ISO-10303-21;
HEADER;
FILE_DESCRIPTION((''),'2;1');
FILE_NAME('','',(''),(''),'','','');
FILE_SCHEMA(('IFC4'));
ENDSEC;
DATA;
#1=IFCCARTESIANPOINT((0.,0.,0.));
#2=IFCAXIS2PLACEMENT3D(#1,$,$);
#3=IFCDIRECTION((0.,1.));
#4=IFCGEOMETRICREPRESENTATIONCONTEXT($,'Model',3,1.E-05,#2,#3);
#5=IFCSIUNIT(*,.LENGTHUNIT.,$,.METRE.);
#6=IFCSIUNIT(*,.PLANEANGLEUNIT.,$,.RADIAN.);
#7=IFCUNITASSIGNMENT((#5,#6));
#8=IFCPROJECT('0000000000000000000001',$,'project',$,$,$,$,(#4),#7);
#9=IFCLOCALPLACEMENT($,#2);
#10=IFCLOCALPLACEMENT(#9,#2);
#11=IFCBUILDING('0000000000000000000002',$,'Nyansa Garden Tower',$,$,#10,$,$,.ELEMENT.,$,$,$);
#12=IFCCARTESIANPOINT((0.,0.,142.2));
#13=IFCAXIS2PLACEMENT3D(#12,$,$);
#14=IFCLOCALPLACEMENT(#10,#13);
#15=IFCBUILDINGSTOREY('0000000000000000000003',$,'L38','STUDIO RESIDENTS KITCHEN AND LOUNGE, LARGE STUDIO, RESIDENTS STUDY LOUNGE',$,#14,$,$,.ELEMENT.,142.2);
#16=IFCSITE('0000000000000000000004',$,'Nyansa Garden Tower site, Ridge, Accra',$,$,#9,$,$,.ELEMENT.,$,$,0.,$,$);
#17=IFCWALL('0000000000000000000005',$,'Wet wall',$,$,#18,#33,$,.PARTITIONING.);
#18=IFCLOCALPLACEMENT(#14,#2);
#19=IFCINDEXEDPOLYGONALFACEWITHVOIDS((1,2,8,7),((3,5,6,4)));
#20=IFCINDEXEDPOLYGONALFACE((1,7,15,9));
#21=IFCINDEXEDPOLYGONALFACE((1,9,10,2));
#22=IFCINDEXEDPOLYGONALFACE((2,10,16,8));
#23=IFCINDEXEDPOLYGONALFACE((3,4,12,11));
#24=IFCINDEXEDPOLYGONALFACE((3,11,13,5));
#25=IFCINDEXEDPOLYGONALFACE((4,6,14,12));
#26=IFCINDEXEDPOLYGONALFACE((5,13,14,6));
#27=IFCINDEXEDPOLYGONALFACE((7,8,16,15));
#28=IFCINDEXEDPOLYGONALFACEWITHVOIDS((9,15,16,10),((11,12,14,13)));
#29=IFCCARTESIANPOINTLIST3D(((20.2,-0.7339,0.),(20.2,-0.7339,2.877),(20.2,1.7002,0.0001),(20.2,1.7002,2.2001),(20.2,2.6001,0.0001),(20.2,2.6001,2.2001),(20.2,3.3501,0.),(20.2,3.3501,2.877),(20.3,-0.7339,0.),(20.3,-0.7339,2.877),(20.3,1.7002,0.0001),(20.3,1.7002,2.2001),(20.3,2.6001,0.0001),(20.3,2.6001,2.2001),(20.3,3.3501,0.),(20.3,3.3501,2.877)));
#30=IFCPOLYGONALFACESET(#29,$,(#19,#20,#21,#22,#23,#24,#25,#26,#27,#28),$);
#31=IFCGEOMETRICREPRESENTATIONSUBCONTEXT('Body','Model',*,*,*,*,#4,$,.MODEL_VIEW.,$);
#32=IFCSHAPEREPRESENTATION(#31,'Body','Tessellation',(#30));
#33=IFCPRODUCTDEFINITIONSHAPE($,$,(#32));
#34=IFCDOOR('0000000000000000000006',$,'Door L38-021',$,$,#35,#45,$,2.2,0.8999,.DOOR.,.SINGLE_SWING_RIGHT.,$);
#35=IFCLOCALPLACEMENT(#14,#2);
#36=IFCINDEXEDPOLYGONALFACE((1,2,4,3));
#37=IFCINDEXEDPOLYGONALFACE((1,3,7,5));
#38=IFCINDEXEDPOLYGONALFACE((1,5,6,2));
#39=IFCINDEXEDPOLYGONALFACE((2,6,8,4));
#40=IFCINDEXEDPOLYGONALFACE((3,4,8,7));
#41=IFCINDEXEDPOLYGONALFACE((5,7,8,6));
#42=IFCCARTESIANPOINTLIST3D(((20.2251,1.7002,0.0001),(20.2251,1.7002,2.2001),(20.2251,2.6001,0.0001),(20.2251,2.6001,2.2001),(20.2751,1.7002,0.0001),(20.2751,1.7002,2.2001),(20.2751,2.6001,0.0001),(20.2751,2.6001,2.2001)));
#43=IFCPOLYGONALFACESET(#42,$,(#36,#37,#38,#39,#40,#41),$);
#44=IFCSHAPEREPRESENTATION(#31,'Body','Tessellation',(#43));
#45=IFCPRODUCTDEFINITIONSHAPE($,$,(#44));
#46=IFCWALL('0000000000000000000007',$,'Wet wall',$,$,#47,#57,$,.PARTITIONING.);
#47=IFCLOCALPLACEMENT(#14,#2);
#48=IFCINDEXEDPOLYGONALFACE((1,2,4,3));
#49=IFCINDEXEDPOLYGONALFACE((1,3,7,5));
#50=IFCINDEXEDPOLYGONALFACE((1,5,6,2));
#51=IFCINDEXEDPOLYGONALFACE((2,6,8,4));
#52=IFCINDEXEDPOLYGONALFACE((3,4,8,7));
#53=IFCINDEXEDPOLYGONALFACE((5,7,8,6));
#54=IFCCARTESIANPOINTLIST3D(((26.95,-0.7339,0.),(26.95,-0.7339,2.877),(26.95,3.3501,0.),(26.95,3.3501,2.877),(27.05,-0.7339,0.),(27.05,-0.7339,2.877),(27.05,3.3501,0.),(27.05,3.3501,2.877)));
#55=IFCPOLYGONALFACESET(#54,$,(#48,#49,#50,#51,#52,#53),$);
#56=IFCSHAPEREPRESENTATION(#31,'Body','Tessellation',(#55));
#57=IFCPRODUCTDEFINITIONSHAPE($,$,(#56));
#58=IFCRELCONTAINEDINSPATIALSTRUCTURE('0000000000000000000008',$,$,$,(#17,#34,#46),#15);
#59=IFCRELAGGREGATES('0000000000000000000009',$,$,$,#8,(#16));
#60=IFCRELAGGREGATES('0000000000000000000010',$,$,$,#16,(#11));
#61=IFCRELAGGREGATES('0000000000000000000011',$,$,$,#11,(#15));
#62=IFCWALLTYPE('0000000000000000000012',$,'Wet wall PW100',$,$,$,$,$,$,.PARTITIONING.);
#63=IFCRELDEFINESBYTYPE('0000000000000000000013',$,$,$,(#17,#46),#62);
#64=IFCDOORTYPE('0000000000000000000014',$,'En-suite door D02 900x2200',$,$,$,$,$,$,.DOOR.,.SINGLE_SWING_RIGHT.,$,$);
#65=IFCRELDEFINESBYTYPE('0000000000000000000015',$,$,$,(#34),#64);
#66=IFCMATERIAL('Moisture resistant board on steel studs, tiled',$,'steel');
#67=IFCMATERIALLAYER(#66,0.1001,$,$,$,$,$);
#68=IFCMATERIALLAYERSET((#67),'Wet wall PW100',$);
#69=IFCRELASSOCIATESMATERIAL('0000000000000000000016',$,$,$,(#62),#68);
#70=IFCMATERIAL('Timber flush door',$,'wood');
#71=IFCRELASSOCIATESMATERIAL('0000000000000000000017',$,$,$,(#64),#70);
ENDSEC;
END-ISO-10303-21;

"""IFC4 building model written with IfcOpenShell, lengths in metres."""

from ifc_helpers import new_model, si_unit, direction, frame, frame_2d, origin, place, context, subcontext, project, spatial, rectangle, extrude, material, layer, layer_set, type_object, element, fill, save


model = new_model("IFC4")

# Units and contexts
model_context = context("Model", 3, precision=1e-05, world=origin(), true_north=direction((0.0, 1.0)))
body_context = subcontext(model_context, "Body", "Model", "MODEL_VIEW")
ifc_project = project(units=[si_unit("LENGTHUNIT", "METRE"), si_unit("PLANEANGLEUNIT", "RADIAN")], contexts=[model_context])

# Site, building, storey
site_placement = place(None, origin())
site = spatial("IfcSite", under=ifc_project, at=site_placement, Name="Nyansa Garden Tower site, Ridge, Accra", CompositionType="ELEMENT", RefElevation=0.0)
building_placement = place(site_placement, origin())
building = spatial("IfcBuilding", under=site, at=building_placement, Name="Nyansa Garden Tower", CompositionType="ELEMENT")
storey_placement = place(building_placement, frame((0.0, 0.0, 142.2)))
storey = spatial("IfcBuildingStorey", under=building, at=storey_placement, Name="L38", Description="STUDIO RESIDENTS KITCHEN AND LOUNGE, LARGE STUDIO, RESIDENTS STUDY LOUNGE", CompositionType="ELEMENT", Elevation=142.2)

# Shared definitions
ifc_material_1 = material(Name="Moisture resistant board on steel studs, tiled", Category="steel")
ifc_layer_1 = layer(ifc_material_1, 0.1001)
ifc_layer_set_1 = layer_set([ifc_layer_1], Name="Wet wall PW100")
wall_type_1 = type_object("IfcWallType", Name="Wet wall PW100", PredefinedType="PARTITIONING", material=ifc_layer_set_1)

# Wall, opening, door
wall_1_placement = place(storey_placement, frame((20.25, -0.7339, 0.0), z_axis=(0.0, 0.0, 1.0), x_axis=(0.0, 1.0, 0.0)))
wall_1 = element("IfcWall", 1, at=wall_1_placement, inside=storey, type_object=wall_type_1, Name="Wet wall", PredefinedType="PARTITIONING", context=body_context, shape_type="SweptSolid", body=[
    extrude(rectangle(XDim=4.084, YDim=0.1001, at=frame_2d((2.042, 0.0))), origin(), (0.0, 0.0, 1.0), 2.877),
])
opening_1_placement = place(wall_1_placement, frame((2.4341, 0.0, 0.0)))
opening_1 = element("IfcOpeningElement", 2, at=opening_1_placement, cuts=wall_1, PredefinedType="OPENING", context=body_context, shape_type="SweptSolid", body=[
    extrude(rectangle(XDim=0.8999, YDim=2.2, at=frame_2d((0.45, 1.1001))), frame((0.0, 0.0601, 0.0), z_axis=(0.0, -1.0, 0.0), x_axis=(1.0, 0.0, 0.0)), (0.0, 0.0, 1.0), 0.1201),
])
ifc_material_2 = material(Name="Timber flush door", Category="wood")
door_type_1 = type_object("IfcDoorType", Name="En-suite door D02 900x2200", OperationType="SINGLE_SWING_RIGHT", PredefinedType="DOOR", material=ifc_material_2)
door_1_placement = place(opening_1_placement, origin())
door_1 = element("IfcDoor", 3, at=door_1_placement, inside=storey, type_object=door_type_1, Name="Door L38-021", OperationType="SINGLE_SWING_RIGHT", OverallHeight=2.2, OverallWidth=0.8999, PredefinedType="DOOR", context=body_context, shape_type="SweptSolid", body=[
    extrude(rectangle(XDim=0.8999, YDim=2.2, at=frame_2d((0.45, 1.1001))), frame((0.0, 0.0249, 0.0), z_axis=(0.0, -1.0, 0.0), x_axis=(1.0, 0.0, 0.0)), (0.0, 0.0, 1.0), 0.05),
])
fill(opening_1, door_1)

# Wall
wall_2_placement = place(storey_placement, frame((27.0, -0.7339, 0.0), z_axis=(0.0, 0.0, 1.0), x_axis=(0.0, 1.0, 0.0)))
element("IfcWall", 4, at=wall_2_placement, inside=storey, type_object=wall_type_1, Name="Wet wall", PredefinedType="PARTITIONING", context=body_context, shape_type="SweptSolid", body=[
    extrude(rectangle(XDim=4.084, YDim=0.1001, at=frame_2d((2.042, 0.0))), origin(), (0.0, 0.0, 1.0), 2.877),
])

save(model, "model.ifc")
